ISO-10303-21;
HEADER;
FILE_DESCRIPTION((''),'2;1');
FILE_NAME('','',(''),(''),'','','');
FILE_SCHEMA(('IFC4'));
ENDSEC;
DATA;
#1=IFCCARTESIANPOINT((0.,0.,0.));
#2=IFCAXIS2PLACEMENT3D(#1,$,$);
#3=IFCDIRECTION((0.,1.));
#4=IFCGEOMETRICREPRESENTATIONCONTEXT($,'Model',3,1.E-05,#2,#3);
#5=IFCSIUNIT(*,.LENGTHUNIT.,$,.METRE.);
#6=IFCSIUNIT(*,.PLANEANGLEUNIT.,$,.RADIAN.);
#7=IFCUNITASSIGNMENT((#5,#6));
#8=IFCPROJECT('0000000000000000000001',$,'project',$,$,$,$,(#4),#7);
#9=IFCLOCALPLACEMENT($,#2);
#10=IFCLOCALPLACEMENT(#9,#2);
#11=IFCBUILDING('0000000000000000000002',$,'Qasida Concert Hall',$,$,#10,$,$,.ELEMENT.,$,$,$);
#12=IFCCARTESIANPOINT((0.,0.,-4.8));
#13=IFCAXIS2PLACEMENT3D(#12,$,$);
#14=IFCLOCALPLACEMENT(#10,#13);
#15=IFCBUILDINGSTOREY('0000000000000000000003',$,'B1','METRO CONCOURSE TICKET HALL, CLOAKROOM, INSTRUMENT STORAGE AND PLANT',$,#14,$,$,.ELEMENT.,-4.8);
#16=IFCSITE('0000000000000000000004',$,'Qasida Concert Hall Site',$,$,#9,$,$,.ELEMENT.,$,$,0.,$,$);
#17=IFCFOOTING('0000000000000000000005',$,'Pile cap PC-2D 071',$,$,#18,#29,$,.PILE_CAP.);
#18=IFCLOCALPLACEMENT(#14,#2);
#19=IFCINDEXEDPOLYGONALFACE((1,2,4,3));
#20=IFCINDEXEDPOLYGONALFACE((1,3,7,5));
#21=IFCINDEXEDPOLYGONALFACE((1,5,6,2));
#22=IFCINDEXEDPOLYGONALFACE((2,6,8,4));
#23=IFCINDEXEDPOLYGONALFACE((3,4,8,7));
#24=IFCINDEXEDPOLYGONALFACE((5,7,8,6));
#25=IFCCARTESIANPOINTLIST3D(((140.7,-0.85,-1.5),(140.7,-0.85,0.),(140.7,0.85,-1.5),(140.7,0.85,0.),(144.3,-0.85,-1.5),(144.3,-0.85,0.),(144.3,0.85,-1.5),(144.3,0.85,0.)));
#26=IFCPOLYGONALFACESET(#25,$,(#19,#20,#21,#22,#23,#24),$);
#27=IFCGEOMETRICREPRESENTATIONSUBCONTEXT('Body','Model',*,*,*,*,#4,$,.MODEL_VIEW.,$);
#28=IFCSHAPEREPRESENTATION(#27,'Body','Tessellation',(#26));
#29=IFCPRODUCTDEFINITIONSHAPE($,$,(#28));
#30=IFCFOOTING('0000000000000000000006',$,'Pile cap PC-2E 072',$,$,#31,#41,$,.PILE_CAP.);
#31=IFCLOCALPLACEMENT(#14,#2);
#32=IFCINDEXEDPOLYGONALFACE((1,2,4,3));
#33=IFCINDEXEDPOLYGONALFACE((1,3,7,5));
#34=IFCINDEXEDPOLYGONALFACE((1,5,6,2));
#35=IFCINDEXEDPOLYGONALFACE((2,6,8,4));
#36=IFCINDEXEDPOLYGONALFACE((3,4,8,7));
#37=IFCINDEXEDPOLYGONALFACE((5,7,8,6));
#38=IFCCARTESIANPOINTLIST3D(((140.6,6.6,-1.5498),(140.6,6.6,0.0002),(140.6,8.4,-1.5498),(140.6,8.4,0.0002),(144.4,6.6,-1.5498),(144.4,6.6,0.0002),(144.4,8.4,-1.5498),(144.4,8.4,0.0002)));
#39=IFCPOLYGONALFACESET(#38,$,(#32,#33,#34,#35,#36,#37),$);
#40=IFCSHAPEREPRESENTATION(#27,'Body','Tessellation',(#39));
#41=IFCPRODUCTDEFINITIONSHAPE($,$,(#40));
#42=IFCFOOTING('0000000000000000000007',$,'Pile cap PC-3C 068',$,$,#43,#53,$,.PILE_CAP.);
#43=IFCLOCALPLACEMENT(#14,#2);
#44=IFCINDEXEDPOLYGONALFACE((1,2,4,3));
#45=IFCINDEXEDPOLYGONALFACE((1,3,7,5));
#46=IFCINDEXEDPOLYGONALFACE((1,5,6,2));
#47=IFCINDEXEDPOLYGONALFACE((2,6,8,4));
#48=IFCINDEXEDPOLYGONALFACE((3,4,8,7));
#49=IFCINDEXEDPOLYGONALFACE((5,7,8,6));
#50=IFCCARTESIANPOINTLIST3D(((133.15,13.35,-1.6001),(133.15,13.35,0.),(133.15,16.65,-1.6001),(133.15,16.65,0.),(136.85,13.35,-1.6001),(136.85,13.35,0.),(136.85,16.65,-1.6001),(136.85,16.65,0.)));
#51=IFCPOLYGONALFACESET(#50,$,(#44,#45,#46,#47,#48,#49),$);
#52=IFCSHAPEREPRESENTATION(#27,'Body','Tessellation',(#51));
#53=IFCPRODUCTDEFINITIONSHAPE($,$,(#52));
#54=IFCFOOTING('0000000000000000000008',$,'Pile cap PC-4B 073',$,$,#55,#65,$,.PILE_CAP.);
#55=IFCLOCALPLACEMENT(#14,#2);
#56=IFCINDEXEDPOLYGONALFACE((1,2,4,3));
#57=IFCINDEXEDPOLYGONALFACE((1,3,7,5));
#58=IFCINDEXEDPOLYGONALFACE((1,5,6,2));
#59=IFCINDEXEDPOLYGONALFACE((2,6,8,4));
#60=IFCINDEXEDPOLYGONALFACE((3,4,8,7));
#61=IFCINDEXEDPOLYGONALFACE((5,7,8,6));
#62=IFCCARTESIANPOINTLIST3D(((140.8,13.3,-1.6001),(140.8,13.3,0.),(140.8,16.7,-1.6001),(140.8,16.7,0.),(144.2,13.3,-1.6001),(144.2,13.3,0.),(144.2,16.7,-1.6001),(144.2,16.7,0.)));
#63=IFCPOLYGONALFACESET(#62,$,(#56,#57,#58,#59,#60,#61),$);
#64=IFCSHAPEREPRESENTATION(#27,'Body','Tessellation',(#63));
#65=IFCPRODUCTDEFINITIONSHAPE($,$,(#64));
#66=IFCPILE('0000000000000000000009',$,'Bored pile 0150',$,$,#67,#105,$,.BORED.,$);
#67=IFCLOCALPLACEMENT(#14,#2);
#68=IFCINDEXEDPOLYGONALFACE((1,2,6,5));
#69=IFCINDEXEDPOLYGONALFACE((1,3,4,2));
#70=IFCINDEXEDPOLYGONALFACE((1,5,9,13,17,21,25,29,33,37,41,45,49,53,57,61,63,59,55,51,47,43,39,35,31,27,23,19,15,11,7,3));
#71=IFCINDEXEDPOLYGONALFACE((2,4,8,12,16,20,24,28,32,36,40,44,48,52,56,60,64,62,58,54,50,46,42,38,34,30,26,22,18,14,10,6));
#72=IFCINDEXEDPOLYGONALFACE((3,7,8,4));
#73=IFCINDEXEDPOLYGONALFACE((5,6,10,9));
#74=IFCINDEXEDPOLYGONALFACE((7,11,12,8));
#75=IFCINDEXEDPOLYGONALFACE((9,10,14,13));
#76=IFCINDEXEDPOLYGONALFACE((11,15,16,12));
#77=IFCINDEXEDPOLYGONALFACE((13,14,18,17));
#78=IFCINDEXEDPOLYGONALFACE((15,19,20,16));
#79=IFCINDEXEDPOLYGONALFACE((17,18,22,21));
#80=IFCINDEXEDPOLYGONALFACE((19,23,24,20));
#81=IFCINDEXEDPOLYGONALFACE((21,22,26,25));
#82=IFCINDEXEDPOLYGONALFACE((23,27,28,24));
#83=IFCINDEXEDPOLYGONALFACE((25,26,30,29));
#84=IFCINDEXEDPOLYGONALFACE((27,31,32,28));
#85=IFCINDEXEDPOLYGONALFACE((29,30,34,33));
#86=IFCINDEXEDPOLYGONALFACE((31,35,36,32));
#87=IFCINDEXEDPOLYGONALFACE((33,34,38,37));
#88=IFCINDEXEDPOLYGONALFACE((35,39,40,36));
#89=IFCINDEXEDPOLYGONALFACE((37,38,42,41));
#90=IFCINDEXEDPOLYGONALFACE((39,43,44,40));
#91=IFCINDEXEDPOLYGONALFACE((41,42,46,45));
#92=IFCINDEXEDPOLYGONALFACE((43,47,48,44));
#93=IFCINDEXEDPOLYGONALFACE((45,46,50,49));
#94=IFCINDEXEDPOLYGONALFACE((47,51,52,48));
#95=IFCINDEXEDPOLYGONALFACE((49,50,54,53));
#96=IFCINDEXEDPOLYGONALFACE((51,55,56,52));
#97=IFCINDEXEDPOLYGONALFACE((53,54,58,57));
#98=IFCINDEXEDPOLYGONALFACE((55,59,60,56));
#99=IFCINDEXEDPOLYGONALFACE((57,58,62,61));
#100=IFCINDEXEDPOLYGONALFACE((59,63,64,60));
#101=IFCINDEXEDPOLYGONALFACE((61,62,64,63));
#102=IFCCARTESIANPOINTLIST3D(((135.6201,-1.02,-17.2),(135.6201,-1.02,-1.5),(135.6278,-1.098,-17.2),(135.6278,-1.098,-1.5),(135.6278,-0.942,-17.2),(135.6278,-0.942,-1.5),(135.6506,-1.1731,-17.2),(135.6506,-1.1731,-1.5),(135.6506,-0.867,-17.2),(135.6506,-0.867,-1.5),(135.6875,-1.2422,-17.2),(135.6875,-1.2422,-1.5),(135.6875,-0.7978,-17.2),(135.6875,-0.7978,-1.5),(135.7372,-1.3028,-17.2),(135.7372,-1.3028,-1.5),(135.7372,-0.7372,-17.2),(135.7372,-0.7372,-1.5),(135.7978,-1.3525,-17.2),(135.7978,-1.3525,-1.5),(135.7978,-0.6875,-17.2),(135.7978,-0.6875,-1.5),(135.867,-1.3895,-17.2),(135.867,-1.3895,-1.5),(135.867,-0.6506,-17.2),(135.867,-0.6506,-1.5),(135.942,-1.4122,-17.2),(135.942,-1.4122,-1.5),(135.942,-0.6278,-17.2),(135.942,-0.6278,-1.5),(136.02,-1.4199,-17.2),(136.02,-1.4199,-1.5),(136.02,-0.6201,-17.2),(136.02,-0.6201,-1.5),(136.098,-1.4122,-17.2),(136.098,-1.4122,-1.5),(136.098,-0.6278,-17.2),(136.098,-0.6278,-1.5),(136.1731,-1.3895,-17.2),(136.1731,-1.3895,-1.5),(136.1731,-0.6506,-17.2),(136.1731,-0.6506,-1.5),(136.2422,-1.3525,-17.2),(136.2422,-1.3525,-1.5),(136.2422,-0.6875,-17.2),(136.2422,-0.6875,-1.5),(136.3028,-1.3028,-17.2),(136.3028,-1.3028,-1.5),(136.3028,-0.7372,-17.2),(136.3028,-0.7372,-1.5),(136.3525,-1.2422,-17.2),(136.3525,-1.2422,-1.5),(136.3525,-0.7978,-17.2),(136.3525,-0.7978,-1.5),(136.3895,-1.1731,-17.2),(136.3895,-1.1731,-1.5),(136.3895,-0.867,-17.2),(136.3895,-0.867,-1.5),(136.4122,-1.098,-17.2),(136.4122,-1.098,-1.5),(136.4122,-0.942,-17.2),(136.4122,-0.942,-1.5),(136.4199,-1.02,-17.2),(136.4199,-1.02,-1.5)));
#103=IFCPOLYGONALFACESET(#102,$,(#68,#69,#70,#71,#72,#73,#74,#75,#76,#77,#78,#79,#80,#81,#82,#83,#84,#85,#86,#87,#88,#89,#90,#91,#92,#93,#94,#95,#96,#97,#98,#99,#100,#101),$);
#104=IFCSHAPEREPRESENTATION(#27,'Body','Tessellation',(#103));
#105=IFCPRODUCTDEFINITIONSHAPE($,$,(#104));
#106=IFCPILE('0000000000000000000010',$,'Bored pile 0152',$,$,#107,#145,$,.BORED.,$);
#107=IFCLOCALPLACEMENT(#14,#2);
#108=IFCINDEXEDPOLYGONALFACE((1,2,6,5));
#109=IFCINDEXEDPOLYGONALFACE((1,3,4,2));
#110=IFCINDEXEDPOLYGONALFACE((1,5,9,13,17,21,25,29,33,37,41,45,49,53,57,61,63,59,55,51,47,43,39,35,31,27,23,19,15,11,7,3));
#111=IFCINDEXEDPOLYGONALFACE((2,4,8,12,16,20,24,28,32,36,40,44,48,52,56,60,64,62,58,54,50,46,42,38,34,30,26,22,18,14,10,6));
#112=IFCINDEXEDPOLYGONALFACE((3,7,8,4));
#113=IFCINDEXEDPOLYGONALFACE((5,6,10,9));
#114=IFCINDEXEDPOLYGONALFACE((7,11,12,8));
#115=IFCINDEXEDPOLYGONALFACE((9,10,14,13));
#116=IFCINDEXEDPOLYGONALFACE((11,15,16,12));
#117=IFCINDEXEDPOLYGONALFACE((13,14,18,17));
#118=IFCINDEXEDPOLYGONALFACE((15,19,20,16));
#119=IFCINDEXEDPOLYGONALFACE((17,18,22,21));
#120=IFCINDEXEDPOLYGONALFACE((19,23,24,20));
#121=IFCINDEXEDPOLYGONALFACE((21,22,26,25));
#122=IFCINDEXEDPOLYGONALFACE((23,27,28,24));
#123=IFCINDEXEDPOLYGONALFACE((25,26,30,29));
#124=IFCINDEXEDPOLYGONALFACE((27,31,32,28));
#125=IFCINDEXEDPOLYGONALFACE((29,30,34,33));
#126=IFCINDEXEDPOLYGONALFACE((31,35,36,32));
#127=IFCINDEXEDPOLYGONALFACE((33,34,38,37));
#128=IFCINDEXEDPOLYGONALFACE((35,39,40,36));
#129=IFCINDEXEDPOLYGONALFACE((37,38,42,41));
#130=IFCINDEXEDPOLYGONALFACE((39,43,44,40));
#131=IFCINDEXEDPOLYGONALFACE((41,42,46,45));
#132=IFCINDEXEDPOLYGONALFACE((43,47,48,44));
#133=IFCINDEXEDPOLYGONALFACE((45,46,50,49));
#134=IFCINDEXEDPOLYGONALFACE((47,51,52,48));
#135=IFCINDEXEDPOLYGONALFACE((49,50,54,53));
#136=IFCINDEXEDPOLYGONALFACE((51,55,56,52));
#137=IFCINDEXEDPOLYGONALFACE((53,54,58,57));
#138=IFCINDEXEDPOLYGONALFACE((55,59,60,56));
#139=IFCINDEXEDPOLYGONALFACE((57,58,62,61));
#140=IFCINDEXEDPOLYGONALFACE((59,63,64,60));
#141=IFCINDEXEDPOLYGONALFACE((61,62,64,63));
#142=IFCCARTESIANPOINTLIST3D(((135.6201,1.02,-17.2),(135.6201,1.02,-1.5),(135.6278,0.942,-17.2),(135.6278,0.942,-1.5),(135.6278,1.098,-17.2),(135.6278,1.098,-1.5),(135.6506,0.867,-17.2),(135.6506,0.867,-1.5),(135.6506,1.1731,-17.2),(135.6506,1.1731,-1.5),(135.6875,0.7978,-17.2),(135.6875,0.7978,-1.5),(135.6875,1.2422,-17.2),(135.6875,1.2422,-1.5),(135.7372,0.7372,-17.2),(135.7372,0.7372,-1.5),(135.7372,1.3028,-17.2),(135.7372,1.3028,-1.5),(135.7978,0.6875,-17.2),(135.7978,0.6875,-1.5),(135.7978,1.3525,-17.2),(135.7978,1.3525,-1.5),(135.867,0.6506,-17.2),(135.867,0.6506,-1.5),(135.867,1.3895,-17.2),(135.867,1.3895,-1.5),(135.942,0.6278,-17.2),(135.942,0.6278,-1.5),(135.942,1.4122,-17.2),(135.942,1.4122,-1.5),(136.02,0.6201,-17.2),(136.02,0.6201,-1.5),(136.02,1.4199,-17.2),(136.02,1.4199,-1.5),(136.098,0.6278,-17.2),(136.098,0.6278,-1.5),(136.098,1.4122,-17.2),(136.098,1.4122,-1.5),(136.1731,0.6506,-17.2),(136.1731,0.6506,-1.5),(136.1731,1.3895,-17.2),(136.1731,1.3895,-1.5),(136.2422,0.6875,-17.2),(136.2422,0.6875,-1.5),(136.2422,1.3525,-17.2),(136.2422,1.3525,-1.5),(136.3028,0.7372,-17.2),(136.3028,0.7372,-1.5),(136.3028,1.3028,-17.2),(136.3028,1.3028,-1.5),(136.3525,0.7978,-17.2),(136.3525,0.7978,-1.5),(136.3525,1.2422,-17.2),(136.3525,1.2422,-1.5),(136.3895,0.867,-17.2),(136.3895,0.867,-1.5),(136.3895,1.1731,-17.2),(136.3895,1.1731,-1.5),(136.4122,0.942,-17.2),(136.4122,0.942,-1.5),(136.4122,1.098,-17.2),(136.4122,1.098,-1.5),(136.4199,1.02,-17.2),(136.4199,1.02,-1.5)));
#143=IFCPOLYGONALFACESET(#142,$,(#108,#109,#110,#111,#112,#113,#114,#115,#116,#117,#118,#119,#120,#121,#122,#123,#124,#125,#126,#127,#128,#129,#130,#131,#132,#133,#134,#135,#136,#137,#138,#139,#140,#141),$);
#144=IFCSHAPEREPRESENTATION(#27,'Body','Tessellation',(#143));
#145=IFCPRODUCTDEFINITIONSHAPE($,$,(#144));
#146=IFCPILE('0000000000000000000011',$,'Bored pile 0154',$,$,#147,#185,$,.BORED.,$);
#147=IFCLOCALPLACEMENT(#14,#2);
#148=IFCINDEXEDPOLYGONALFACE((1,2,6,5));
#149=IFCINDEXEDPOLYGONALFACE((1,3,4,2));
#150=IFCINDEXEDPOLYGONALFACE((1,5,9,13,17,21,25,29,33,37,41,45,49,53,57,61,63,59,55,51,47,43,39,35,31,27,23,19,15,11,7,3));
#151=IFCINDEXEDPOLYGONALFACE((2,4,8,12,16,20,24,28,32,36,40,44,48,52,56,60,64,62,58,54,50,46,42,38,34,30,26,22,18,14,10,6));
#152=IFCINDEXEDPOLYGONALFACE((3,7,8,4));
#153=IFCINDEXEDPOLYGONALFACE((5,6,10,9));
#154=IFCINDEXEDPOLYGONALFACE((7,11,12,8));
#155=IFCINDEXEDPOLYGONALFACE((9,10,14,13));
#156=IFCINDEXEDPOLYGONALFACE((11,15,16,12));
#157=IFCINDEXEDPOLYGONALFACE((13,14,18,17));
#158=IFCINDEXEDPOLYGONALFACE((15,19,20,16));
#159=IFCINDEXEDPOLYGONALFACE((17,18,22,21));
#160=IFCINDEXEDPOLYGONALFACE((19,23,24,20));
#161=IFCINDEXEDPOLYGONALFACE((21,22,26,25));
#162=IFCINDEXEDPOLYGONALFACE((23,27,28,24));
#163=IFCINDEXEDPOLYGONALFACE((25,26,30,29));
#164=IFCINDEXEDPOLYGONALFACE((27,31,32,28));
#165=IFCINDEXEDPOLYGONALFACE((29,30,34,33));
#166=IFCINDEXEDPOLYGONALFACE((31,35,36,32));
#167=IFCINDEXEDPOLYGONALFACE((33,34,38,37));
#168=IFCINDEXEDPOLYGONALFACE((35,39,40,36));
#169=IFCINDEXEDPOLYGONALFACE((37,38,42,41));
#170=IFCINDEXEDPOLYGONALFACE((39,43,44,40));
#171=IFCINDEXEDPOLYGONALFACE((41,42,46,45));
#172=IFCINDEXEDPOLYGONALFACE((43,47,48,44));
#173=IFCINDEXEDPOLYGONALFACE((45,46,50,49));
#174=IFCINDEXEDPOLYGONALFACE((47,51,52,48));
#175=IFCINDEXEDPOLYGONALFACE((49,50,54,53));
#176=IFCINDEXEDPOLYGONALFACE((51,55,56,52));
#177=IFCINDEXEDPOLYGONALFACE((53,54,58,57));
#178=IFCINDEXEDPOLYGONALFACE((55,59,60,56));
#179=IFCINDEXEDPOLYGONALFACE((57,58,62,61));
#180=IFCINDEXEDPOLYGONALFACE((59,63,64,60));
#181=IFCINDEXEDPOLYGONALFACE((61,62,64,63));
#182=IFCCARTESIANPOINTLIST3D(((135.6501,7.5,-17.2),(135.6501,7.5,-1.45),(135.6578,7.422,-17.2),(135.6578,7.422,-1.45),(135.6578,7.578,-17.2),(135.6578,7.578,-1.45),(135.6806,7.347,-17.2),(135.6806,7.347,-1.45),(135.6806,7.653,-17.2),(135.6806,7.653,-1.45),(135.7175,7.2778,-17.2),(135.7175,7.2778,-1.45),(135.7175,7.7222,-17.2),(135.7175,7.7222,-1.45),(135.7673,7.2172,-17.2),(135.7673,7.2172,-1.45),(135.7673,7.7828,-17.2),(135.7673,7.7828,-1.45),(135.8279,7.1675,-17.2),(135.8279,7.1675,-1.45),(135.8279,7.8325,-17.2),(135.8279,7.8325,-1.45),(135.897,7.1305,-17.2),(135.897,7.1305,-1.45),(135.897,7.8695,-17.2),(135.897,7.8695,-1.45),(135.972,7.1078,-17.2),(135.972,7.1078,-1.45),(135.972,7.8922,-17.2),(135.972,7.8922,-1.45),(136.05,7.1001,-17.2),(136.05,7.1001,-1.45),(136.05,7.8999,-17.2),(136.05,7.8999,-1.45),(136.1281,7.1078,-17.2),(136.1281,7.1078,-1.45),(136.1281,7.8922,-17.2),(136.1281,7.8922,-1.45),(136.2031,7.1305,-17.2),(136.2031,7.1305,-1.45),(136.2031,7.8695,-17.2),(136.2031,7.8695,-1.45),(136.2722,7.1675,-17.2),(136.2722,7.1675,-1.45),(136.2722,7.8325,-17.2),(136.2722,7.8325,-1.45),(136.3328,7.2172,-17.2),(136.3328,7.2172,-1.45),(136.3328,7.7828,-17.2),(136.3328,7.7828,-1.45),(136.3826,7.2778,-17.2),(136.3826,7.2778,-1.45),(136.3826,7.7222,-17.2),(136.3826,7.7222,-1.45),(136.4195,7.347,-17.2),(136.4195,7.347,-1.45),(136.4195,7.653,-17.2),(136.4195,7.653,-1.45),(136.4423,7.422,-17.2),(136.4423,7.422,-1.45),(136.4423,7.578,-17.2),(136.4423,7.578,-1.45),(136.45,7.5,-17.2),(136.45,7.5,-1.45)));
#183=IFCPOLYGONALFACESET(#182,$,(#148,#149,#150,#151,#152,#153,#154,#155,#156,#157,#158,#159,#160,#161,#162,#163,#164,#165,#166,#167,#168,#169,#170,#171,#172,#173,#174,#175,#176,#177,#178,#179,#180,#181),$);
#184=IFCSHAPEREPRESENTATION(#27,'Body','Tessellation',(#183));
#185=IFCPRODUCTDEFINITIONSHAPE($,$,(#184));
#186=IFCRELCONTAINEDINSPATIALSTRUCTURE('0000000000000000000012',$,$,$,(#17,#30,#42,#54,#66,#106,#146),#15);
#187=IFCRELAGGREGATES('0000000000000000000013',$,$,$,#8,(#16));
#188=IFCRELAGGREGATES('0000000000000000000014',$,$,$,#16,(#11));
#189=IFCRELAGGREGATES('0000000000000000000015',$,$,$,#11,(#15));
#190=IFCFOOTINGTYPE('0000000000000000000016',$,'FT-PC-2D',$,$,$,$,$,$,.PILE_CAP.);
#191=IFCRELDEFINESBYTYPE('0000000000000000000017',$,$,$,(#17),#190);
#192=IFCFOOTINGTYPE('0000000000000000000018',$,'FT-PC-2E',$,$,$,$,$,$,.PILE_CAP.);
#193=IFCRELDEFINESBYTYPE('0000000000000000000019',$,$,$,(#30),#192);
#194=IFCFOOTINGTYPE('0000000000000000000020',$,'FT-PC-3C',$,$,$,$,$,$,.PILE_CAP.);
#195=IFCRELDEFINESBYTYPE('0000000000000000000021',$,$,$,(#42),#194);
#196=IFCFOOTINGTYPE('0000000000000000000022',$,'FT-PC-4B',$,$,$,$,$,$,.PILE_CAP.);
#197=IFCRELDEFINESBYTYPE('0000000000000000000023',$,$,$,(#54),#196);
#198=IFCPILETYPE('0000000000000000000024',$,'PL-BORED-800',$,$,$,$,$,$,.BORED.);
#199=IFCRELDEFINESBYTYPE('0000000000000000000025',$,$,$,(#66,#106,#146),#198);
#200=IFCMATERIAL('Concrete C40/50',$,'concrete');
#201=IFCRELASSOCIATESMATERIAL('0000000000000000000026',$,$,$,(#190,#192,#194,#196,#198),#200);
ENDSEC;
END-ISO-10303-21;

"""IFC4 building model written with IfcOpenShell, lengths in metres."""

from ifc_helpers import new_model, si_unit, direction, frame, origin, origin_2d, place, context, subcontext, project, spatial, rectangle, circle, extrude, material, material_profile, profile_set, type_object, element, save


model = new_model("IFC4")

# Units and contexts
model_context = context("Model", 3, precision=1e-05, world=origin(), true_north=direction((0.0, 1.0)))
body_context = subcontext(model_context, "Body", "Model", "MODEL_VIEW")
ifc_project = project(units=[si_unit("LENGTHUNIT", "METRE"), si_unit("PLANEANGLEUNIT", "RADIAN")], contexts=[model_context])

# Site, building, storey
site_placement = place(None, origin())
site = spatial("IfcSite", under=ifc_project, at=site_placement, Name="Qasida Concert Hall Site", CompositionType="ELEMENT", RefElevation=0.0)
building_placement = place(site_placement, origin())
building = spatial("IfcBuilding", under=site, at=building_placement, Name="Qasida Concert Hall", CompositionType="ELEMENT")
storey_placement = place(building_placement, frame((0.0, 0.0, -4.8)))
storey = spatial("IfcBuildingStorey", under=building, at=storey_placement, Name="B1", Description="METRO CONCOURSE TICKET HALL, CLOAKROOM, INSTRUMENT STORAGE AND PLANT", CompositionType="ELEMENT", Elevation=-4.8)

# Footings
ifc_material_1 = material(Name="Concrete C40/50", Category="concrete")
footing_type_1 = type_object("IfcFootingType", Name="FT-PC-2D", PredefinedType="PILE_CAP", material=ifc_material_1)
footing_1_placement = place(storey_placement, frame((142.5, 0.0, -1.5), z_axis=(0.0, 0.0, 1.0), x_axis=(1.0, 0.0, 0.0)))
element("IfcFooting", 1, at=footing_1_placement, inside=storey, type_object=footing_type_1, Name="Pile cap PC-2D 071", PredefinedType="PILE_CAP", context=body_context, shape_type="SweptSolid", body=[
    extrude(rectangle(XDim=3.6001, YDim=1.7, at=origin_2d()), origin(), (0.0, 0.0, 1.0), 1.5),
])
footing_type_2 = type_object("IfcFootingType", Name="FT-PC-2E", PredefinedType="PILE_CAP", material=ifc_material_1)
footing_2_placement = place(storey_placement, frame((142.5, 7.5, -1.5498), z_axis=(0.0, 0.0, 1.0), x_axis=(1.0, 0.0, 0.0)))
element("IfcFooting", 2, at=footing_2_placement, inside=storey, type_object=footing_type_2, Name="Pile cap PC-2E 072", PredefinedType="PILE_CAP", context=body_context, shape_type="SweptSolid", body=[
    extrude(rectangle(XDim=3.8, YDim=1.8, at=origin_2d()), origin(), (0.0, 0.0, 1.0), 1.55),
])
footing_type_3 = type_object("IfcFootingType", Name="FT-PC-3C", PredefinedType="PILE_CAP", material=ifc_material_1)
footing_3_placement = place(storey_placement, frame((135.0, 15.0, -1.6001), z_axis=(0.0, 0.0, 1.0), x_axis=(1.0, 0.0, 0.0)))
element("IfcFooting", 3, at=footing_3_placement, inside=storey, type_object=footing_type_3, Name="Pile cap PC-3C 068", PredefinedType="PILE_CAP", context=body_context, shape_type="SweptSolid", body=[
    extrude(rectangle(XDim=3.7, YDim=3.3, at=origin_2d()), origin(), (0.0, 0.0, 1.0), 1.6001),
])
footing_type_4 = type_object("IfcFootingType", Name="FT-PC-4B", PredefinedType="PILE_CAP", material=ifc_material_1)
footing_4_placement = place(storey_placement, frame((142.5, 15.0, -1.6001), z_axis=(0.0, 0.0, 1.0), x_axis=(1.0, 0.0, 0.0)))
element("IfcFooting", 4, at=footing_4_placement, inside=storey, type_object=footing_type_4, Name="Pile cap PC-4B 073", PredefinedType="PILE_CAP", context=body_context, shape_type="SweptSolid", body=[
    extrude(rectangle(XDim=3.3999, YDim=3.3999, at=origin_2d()), origin(), (0.0, 0.0, 1.0), 1.6001),
])

# Piles
ifc_material_profile_1 = material_profile(ifc_material_1, circle(Radius=0.3999, at=origin_2d()), Name="BORED PILE D800")
ifc_profile_set_1 = profile_set([ifc_material_profile_1], Name="Concrete C40/50")
pile_type = type_object("IfcPileType", Name="PL-BORED-800", PredefinedType="BORED", material=ifc_profile_set_1)
for number, where, z_axis, x_axis, name in (
    (5, (136.02, -1.02, -1.5), (0.0, 0.0, -1.0), (1.0, 0.0, 0.0), "Bored pile 0150"),
    (6, (136.02, 1.02, -1.5), (0.0, 0.0, -1.0), (1.0, 0.0, 0.0), "Bored pile 0152"),
):
    element("IfcPile", number, at=place(storey_placement, frame(where, z_axis=z_axis, x_axis=x_axis)), inside=storey, type_object=pile_type, Name=name, PredefinedType="BORED", context=body_context, shape_type="SweptSolid", body=[
        extrude(circle(Radius=0.3999, at=origin_2d()), origin(), (0.0, 0.0, 1.0), 15.7),
    ])
pile_1_placement = place(storey_placement, frame((136.05, 7.5, -1.45), z_axis=(0.0, 0.0, -1.0), x_axis=(1.0, 0.0, 0.0)))
element("IfcPile", 7, at=pile_1_placement, inside=storey, type_object=pile_type, Name="Bored pile 0154", PredefinedType="BORED", context=body_context, shape_type="SweptSolid", body=[
    extrude(circle(Radius=0.3999, at=origin_2d()), origin(), (0.0, 0.0, 1.0), 15.75),
])

save(model, "model.ifc")
